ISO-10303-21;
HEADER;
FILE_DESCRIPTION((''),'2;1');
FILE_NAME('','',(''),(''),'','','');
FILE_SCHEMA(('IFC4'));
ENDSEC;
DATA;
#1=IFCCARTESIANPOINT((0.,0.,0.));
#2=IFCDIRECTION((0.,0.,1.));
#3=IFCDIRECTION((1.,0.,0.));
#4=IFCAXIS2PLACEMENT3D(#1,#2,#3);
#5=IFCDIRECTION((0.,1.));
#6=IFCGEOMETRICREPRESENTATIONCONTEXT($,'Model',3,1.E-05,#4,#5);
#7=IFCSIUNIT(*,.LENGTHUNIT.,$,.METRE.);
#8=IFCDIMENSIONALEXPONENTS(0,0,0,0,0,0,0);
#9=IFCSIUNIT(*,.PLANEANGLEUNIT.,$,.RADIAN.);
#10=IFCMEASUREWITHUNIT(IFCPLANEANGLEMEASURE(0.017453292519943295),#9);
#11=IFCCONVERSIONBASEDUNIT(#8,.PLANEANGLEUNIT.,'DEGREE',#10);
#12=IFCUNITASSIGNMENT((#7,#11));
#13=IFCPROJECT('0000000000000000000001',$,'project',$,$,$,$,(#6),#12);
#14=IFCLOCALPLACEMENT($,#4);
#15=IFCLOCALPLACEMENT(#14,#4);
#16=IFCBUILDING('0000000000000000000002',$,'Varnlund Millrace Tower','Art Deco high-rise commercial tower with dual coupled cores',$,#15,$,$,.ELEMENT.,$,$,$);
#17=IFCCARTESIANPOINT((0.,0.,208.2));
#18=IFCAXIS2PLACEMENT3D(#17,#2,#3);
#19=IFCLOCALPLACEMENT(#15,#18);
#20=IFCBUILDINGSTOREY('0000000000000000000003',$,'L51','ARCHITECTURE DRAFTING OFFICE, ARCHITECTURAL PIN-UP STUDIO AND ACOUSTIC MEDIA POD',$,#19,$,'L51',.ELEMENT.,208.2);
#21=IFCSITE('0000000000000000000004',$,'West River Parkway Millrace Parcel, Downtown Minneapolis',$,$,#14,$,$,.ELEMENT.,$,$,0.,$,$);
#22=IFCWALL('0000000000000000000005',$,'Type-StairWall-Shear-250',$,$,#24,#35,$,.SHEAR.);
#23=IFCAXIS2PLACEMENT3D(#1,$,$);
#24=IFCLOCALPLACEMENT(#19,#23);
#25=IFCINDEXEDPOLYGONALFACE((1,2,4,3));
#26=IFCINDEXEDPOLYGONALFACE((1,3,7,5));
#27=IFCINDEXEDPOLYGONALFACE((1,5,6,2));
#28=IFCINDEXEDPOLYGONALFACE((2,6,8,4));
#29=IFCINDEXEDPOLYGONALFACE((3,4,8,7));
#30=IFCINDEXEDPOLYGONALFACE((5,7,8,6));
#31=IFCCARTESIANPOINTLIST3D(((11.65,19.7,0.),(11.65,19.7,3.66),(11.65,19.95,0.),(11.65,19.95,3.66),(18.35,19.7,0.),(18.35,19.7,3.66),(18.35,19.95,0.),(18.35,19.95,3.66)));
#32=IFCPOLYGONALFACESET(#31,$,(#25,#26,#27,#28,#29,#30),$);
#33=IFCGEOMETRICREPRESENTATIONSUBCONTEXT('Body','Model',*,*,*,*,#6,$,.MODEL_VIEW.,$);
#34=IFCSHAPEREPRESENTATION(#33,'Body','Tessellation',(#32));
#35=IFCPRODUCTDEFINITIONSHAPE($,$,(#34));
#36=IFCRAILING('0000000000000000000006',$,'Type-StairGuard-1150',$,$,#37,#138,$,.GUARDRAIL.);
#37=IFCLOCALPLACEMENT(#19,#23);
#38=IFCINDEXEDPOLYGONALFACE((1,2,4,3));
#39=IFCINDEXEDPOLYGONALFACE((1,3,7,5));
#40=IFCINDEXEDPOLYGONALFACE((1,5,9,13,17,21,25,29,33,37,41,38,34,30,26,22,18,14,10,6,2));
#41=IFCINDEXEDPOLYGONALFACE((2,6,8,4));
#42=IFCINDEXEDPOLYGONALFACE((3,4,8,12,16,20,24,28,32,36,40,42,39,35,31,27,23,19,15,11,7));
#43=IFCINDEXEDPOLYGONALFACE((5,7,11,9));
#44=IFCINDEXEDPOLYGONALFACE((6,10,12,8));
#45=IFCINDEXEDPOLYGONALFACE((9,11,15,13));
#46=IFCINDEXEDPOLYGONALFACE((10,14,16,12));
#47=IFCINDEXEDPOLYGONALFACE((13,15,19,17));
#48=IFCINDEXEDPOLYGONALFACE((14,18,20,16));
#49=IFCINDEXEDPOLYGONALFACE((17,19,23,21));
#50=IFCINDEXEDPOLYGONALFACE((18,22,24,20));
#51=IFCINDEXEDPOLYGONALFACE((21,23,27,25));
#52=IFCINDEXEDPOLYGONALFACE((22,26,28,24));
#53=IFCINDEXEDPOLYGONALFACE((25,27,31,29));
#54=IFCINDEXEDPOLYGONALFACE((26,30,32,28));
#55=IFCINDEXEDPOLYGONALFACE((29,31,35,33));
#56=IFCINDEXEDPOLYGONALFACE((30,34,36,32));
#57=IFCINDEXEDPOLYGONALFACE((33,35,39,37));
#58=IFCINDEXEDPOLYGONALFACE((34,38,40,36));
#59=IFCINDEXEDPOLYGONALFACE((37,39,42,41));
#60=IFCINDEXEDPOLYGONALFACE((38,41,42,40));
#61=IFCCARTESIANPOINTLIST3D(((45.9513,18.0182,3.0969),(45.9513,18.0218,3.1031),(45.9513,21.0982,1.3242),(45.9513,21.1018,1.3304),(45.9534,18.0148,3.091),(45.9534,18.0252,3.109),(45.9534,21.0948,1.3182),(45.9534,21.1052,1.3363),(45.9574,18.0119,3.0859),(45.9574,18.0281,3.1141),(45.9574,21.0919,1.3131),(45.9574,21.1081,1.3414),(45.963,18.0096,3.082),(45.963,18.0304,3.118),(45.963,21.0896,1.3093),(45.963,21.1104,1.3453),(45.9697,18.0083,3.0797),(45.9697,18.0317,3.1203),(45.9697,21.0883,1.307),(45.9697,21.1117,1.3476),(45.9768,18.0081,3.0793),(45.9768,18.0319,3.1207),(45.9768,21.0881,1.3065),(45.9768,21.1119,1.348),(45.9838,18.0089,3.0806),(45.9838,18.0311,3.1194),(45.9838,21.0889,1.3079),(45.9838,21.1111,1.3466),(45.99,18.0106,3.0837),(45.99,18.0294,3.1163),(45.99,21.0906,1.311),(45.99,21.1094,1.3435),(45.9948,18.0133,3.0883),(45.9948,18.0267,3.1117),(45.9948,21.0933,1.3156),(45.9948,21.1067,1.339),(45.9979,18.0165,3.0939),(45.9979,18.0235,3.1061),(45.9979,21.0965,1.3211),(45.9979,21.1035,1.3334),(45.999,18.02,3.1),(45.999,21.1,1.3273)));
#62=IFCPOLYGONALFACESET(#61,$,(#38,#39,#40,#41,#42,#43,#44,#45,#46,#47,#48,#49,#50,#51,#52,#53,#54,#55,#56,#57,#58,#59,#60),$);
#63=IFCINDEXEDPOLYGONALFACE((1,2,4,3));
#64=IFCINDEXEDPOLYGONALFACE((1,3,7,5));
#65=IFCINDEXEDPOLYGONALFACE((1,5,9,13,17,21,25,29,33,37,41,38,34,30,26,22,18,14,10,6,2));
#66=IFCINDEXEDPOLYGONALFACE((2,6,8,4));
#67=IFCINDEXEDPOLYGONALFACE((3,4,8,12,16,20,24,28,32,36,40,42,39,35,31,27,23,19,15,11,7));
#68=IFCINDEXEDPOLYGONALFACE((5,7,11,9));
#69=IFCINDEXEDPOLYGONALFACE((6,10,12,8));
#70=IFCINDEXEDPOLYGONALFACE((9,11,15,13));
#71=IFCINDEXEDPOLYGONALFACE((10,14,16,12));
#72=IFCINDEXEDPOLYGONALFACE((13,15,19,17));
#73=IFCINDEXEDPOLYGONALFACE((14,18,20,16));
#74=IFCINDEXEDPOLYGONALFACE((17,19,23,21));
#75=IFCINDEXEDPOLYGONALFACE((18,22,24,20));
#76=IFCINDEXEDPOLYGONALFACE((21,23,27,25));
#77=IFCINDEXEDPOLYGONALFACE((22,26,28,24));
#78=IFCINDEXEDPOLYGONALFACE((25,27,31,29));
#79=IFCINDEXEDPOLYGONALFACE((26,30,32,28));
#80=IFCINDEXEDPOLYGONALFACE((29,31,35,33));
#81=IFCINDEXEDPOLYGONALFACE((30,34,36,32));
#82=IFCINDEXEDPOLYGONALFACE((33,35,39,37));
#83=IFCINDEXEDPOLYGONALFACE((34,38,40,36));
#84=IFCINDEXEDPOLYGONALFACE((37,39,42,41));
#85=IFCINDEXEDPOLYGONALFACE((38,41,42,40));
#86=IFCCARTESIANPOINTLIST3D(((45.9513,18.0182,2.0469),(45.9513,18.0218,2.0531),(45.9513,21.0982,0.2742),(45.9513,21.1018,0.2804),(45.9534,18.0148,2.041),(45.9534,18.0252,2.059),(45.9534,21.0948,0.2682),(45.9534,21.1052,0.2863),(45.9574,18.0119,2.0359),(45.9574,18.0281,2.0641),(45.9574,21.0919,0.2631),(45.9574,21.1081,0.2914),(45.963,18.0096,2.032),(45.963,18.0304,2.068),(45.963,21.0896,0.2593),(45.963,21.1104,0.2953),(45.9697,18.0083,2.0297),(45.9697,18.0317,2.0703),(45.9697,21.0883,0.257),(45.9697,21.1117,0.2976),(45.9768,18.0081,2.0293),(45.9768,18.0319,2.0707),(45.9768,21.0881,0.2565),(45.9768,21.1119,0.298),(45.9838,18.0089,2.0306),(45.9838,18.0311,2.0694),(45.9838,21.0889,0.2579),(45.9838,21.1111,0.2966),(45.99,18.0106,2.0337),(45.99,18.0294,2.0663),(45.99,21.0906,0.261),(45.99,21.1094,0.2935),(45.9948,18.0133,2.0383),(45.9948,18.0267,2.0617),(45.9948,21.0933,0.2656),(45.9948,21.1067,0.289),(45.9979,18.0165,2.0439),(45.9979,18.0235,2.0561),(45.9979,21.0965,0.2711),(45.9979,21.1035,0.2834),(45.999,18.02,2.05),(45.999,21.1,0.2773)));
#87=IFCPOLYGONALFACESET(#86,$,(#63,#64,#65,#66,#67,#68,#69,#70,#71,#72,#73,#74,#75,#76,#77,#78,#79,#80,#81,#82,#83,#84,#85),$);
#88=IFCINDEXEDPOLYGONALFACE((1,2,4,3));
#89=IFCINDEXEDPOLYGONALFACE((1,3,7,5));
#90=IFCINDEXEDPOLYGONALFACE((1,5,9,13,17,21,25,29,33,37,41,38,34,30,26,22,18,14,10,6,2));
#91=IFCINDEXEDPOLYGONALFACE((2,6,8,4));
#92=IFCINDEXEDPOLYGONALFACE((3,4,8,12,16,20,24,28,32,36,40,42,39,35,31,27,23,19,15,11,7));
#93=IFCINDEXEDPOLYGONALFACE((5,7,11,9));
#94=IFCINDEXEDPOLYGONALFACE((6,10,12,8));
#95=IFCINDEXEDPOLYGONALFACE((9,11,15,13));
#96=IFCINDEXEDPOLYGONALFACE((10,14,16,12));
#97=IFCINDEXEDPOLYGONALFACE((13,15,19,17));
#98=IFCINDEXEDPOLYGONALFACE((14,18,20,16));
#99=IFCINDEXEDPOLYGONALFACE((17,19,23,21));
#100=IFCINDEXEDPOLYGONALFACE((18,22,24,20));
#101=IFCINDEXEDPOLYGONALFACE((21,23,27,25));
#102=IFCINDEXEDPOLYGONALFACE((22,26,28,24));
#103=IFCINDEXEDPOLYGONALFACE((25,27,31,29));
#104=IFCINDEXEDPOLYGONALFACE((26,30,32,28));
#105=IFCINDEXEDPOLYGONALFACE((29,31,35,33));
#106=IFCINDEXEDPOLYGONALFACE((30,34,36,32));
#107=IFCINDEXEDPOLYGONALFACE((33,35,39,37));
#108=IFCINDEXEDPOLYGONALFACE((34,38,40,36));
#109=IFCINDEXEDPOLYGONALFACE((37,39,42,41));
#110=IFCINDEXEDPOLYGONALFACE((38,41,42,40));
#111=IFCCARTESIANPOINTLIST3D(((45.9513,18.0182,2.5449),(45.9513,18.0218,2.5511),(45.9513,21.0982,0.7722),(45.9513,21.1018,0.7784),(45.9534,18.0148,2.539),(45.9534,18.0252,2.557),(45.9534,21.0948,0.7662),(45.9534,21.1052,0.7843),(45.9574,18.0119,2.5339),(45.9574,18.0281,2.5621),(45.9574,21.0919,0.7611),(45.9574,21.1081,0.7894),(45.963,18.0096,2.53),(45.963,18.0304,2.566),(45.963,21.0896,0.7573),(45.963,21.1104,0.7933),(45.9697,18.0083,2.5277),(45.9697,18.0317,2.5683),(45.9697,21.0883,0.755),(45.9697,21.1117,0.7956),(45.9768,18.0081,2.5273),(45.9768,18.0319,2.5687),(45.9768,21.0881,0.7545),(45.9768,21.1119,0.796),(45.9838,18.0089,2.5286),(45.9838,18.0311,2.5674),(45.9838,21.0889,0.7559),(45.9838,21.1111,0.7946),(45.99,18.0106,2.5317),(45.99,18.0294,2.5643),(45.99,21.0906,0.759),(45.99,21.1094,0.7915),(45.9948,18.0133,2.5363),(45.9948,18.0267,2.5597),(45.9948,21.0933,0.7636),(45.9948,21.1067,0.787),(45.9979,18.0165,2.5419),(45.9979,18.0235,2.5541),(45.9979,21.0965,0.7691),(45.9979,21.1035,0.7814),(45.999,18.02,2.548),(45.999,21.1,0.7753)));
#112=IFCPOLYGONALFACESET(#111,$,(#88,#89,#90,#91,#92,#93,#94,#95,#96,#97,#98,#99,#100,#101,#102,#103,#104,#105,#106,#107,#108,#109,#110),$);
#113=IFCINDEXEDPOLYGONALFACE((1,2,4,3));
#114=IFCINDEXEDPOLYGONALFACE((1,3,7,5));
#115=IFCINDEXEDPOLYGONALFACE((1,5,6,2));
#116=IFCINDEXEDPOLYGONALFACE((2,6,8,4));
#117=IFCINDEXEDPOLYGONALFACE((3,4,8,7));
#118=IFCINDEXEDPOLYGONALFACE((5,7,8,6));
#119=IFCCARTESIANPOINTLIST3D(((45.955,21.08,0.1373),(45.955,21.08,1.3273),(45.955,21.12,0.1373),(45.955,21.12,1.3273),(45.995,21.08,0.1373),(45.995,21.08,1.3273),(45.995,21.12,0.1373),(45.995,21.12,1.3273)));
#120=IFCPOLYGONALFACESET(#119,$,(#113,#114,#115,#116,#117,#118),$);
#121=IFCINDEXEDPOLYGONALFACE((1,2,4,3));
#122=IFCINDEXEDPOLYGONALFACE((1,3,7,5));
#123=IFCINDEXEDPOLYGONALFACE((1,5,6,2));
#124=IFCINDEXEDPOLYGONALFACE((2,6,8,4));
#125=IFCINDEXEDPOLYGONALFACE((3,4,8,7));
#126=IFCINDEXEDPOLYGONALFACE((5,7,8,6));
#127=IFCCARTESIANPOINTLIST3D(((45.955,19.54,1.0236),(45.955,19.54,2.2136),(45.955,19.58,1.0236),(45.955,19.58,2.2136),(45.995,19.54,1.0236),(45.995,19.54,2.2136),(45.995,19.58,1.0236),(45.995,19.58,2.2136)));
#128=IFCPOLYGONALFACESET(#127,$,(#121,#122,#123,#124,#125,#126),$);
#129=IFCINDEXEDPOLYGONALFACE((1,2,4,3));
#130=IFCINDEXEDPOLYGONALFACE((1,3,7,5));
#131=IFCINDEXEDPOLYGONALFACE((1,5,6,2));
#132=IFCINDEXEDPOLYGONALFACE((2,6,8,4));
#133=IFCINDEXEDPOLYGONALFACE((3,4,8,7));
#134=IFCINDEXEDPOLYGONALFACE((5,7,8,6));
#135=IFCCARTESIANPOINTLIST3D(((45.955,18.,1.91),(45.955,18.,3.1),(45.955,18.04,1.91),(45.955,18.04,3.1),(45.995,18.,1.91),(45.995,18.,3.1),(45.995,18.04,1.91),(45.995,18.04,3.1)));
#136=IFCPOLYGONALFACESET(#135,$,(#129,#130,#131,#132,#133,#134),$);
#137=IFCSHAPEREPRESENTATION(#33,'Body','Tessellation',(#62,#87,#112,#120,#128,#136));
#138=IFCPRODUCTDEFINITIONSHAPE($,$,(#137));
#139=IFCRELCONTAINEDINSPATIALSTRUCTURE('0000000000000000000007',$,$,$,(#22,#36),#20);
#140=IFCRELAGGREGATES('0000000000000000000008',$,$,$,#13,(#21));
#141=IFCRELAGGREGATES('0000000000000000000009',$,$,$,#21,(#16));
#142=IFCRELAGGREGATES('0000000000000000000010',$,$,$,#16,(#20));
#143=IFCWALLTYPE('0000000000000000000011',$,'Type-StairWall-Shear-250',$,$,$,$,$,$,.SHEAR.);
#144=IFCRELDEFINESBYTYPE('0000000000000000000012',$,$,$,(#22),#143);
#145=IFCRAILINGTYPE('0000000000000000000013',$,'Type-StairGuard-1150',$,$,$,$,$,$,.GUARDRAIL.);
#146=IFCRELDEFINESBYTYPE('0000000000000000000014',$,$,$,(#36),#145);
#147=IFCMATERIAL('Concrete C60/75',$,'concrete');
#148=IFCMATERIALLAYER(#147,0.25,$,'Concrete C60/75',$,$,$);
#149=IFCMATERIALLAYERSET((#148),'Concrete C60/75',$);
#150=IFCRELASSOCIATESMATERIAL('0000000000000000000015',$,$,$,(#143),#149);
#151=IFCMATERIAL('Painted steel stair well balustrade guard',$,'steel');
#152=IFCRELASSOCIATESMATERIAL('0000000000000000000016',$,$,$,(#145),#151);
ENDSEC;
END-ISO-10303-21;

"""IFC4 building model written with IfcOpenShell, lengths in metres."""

from ifc_helpers import new_model, entity, si_unit, converted_unit, direction, frame, origin_with_axes, origin_2d_with_axis, place, context, subcontext, project, spatial, polyline, rectangle, circle, outline, extrude, material, layer, layer_set, type_object, element, save


model = new_model("IFC4")

# Units and contexts
model_context = context("Model", 3, precision=1e-05, world=origin_with_axes(), true_north=direction((0.0, 1.0)))
body_context = subcontext(model_context, "Body", "Model", "MODEL_VIEW")
ifc_project = project(units=[si_unit("LENGTHUNIT", "METRE"), converted_unit("PLANEANGLEUNIT", "DEGREE", entity("IfcPlaneAngleMeasure", 0.017453292519943295), si_unit("PLANEANGLEUNIT", "RADIAN"), dimensions=[0, 0, 0, 0, 0, 0, 0])], contexts=[model_context])

# Site, building, storey
site_placement = place(None, origin_with_axes())
site = spatial("IfcSite", under=ifc_project, at=site_placement, Name="West River Parkway Millrace Parcel, Downtown Minneapolis", CompositionType="ELEMENT", RefElevation=0.0)
building_placement = place(site_placement, origin_with_axes())
building = spatial("IfcBuilding", under=site, at=building_placement, Name="Varnlund Millrace Tower", Description="Art Deco high-rise commercial tower with dual coupled cores", CompositionType="ELEMENT")
storey_placement = place(building_placement, frame((0.0, 0.0, 208.2), z_axis=(0.0, 0.0, 1.0), x_axis=(1.0, 0.0, 0.0)))
storey = spatial("IfcBuildingStorey", under=building, at=storey_placement, Name="L51", Description="ARCHITECTURE DRAFTING OFFICE, ARCHITECTURAL PIN-UP STUDIO AND ACOUSTIC MEDIA POD", LongName="L51", CompositionType="ELEMENT", Elevation=208.2)

# Shared definitions
ifc_material_1 = material(Name="Concrete C60/75", Category="concrete")

# Wall
ifc_layer_1 = layer(ifc_material_1, 0.25, Name="Concrete C60/75")
ifc_layer_set_1 = layer_set([ifc_layer_1], Name="Concrete C60/75")
wall_type_1 = type_object("IfcWallType", Name="Type-StairWall-Shear-250", PredefinedType="SHEAR", material=ifc_layer_set_1)
wall_1_placement = place(storey_placement, frame((11.65, 19.825, 0.0), z_axis=(0.0, 0.0, 1.0), x_axis=(1.0, 0.0, 0.0)))
element("IfcWall", 1, at=wall_1_placement, inside=storey, type_object=wall_type_1, Name="Type-StairWall-Shear-250", PredefinedType="SHEAR", context=body_context, shape_type="SweptSolid", body=[
    extrude(outline(polyline([(0.0, -0.125), (6.7, -0.125), (6.7, 0.125), (0.0, 0.125), (0.0, -0.125)])), origin_with_axes(), (0.0, 0.0, 1.0), 3.66),
])

# Railing
ifc_material_2 = material(Name="Painted steel stair well balustrade guard", Category="steel")
railing_type_1 = type_object("IfcRailingType", Name="Type-StairGuard-1150", PredefinedType="GUARDRAIL", material=ifc_material_2)
railing_1_placement = place(storey_placement, frame((0.0, 0.0, -208.2), z_axis=(0.0, 0.0, 1.0), x_axis=(1.0, 0.0, 0.0)))
element("IfcRailing", 2, at=railing_1_placement, inside=storey, type_object=railing_type_1, Name="Type-StairGuard-1150", PredefinedType="GUARDRAIL", context=body_context, shape_type="SweptSolid", body=[
    extrude(circle(Radius=0.024, at=origin_2d_with_axis()), frame((45.975, 21.1, 209.5273), z_axis=(0.0, -0.866696, 0.498836), x_axis=(1.0, 0.0, 0.0)), (0.0, 0.0, 1.0), 3.5537),
    extrude(circle(Radius=0.024, at=origin_2d_with_axis()), frame((45.975, 21.1, 208.4773), z_axis=(0.0, -0.866696, 0.498836), x_axis=(1.0, 0.0, 0.0)), (0.0, 0.0, 1.0), 3.5537),
    extrude(circle(Radius=0.024, at=origin_2d_with_axis()), frame((45.975, 21.1, 208.9753), z_axis=(0.0, -0.866696, 0.498836), x_axis=(1.0, 0.0, 0.0)), (0.0, 0.0, 1.0), 3.5537),
    extrude(rectangle(XDim=0.04, YDim=0.04, at=origin_2d_with_axis()), frame((45.975, 21.1, 208.3373), z_axis=(0.0, 0.0, 1.0), x_axis=(1.0, 0.0, 0.0)), (0.0, 0.0, 1.0), 1.19),
    extrude(rectangle(XDim=0.04, YDim=0.04, at=origin_2d_with_axis()), frame((45.975, 19.56, 209.2236), z_axis=(0.0, 0.0, 1.0), x_axis=(1.0, 0.0, 0.0)), (0.0, 0.0, 1.0), 1.19),
    extrude(rectangle(XDim=0.04, YDim=0.04, at=origin_2d_with_axis()), frame((45.975, 18.02, 210.11), z_axis=(0.0, 0.0, 1.0), x_axis=(1.0, 0.0, 0.0)), (0.0, 0.0, 1.0), 1.19),
])

save(model, "model.ifc")
